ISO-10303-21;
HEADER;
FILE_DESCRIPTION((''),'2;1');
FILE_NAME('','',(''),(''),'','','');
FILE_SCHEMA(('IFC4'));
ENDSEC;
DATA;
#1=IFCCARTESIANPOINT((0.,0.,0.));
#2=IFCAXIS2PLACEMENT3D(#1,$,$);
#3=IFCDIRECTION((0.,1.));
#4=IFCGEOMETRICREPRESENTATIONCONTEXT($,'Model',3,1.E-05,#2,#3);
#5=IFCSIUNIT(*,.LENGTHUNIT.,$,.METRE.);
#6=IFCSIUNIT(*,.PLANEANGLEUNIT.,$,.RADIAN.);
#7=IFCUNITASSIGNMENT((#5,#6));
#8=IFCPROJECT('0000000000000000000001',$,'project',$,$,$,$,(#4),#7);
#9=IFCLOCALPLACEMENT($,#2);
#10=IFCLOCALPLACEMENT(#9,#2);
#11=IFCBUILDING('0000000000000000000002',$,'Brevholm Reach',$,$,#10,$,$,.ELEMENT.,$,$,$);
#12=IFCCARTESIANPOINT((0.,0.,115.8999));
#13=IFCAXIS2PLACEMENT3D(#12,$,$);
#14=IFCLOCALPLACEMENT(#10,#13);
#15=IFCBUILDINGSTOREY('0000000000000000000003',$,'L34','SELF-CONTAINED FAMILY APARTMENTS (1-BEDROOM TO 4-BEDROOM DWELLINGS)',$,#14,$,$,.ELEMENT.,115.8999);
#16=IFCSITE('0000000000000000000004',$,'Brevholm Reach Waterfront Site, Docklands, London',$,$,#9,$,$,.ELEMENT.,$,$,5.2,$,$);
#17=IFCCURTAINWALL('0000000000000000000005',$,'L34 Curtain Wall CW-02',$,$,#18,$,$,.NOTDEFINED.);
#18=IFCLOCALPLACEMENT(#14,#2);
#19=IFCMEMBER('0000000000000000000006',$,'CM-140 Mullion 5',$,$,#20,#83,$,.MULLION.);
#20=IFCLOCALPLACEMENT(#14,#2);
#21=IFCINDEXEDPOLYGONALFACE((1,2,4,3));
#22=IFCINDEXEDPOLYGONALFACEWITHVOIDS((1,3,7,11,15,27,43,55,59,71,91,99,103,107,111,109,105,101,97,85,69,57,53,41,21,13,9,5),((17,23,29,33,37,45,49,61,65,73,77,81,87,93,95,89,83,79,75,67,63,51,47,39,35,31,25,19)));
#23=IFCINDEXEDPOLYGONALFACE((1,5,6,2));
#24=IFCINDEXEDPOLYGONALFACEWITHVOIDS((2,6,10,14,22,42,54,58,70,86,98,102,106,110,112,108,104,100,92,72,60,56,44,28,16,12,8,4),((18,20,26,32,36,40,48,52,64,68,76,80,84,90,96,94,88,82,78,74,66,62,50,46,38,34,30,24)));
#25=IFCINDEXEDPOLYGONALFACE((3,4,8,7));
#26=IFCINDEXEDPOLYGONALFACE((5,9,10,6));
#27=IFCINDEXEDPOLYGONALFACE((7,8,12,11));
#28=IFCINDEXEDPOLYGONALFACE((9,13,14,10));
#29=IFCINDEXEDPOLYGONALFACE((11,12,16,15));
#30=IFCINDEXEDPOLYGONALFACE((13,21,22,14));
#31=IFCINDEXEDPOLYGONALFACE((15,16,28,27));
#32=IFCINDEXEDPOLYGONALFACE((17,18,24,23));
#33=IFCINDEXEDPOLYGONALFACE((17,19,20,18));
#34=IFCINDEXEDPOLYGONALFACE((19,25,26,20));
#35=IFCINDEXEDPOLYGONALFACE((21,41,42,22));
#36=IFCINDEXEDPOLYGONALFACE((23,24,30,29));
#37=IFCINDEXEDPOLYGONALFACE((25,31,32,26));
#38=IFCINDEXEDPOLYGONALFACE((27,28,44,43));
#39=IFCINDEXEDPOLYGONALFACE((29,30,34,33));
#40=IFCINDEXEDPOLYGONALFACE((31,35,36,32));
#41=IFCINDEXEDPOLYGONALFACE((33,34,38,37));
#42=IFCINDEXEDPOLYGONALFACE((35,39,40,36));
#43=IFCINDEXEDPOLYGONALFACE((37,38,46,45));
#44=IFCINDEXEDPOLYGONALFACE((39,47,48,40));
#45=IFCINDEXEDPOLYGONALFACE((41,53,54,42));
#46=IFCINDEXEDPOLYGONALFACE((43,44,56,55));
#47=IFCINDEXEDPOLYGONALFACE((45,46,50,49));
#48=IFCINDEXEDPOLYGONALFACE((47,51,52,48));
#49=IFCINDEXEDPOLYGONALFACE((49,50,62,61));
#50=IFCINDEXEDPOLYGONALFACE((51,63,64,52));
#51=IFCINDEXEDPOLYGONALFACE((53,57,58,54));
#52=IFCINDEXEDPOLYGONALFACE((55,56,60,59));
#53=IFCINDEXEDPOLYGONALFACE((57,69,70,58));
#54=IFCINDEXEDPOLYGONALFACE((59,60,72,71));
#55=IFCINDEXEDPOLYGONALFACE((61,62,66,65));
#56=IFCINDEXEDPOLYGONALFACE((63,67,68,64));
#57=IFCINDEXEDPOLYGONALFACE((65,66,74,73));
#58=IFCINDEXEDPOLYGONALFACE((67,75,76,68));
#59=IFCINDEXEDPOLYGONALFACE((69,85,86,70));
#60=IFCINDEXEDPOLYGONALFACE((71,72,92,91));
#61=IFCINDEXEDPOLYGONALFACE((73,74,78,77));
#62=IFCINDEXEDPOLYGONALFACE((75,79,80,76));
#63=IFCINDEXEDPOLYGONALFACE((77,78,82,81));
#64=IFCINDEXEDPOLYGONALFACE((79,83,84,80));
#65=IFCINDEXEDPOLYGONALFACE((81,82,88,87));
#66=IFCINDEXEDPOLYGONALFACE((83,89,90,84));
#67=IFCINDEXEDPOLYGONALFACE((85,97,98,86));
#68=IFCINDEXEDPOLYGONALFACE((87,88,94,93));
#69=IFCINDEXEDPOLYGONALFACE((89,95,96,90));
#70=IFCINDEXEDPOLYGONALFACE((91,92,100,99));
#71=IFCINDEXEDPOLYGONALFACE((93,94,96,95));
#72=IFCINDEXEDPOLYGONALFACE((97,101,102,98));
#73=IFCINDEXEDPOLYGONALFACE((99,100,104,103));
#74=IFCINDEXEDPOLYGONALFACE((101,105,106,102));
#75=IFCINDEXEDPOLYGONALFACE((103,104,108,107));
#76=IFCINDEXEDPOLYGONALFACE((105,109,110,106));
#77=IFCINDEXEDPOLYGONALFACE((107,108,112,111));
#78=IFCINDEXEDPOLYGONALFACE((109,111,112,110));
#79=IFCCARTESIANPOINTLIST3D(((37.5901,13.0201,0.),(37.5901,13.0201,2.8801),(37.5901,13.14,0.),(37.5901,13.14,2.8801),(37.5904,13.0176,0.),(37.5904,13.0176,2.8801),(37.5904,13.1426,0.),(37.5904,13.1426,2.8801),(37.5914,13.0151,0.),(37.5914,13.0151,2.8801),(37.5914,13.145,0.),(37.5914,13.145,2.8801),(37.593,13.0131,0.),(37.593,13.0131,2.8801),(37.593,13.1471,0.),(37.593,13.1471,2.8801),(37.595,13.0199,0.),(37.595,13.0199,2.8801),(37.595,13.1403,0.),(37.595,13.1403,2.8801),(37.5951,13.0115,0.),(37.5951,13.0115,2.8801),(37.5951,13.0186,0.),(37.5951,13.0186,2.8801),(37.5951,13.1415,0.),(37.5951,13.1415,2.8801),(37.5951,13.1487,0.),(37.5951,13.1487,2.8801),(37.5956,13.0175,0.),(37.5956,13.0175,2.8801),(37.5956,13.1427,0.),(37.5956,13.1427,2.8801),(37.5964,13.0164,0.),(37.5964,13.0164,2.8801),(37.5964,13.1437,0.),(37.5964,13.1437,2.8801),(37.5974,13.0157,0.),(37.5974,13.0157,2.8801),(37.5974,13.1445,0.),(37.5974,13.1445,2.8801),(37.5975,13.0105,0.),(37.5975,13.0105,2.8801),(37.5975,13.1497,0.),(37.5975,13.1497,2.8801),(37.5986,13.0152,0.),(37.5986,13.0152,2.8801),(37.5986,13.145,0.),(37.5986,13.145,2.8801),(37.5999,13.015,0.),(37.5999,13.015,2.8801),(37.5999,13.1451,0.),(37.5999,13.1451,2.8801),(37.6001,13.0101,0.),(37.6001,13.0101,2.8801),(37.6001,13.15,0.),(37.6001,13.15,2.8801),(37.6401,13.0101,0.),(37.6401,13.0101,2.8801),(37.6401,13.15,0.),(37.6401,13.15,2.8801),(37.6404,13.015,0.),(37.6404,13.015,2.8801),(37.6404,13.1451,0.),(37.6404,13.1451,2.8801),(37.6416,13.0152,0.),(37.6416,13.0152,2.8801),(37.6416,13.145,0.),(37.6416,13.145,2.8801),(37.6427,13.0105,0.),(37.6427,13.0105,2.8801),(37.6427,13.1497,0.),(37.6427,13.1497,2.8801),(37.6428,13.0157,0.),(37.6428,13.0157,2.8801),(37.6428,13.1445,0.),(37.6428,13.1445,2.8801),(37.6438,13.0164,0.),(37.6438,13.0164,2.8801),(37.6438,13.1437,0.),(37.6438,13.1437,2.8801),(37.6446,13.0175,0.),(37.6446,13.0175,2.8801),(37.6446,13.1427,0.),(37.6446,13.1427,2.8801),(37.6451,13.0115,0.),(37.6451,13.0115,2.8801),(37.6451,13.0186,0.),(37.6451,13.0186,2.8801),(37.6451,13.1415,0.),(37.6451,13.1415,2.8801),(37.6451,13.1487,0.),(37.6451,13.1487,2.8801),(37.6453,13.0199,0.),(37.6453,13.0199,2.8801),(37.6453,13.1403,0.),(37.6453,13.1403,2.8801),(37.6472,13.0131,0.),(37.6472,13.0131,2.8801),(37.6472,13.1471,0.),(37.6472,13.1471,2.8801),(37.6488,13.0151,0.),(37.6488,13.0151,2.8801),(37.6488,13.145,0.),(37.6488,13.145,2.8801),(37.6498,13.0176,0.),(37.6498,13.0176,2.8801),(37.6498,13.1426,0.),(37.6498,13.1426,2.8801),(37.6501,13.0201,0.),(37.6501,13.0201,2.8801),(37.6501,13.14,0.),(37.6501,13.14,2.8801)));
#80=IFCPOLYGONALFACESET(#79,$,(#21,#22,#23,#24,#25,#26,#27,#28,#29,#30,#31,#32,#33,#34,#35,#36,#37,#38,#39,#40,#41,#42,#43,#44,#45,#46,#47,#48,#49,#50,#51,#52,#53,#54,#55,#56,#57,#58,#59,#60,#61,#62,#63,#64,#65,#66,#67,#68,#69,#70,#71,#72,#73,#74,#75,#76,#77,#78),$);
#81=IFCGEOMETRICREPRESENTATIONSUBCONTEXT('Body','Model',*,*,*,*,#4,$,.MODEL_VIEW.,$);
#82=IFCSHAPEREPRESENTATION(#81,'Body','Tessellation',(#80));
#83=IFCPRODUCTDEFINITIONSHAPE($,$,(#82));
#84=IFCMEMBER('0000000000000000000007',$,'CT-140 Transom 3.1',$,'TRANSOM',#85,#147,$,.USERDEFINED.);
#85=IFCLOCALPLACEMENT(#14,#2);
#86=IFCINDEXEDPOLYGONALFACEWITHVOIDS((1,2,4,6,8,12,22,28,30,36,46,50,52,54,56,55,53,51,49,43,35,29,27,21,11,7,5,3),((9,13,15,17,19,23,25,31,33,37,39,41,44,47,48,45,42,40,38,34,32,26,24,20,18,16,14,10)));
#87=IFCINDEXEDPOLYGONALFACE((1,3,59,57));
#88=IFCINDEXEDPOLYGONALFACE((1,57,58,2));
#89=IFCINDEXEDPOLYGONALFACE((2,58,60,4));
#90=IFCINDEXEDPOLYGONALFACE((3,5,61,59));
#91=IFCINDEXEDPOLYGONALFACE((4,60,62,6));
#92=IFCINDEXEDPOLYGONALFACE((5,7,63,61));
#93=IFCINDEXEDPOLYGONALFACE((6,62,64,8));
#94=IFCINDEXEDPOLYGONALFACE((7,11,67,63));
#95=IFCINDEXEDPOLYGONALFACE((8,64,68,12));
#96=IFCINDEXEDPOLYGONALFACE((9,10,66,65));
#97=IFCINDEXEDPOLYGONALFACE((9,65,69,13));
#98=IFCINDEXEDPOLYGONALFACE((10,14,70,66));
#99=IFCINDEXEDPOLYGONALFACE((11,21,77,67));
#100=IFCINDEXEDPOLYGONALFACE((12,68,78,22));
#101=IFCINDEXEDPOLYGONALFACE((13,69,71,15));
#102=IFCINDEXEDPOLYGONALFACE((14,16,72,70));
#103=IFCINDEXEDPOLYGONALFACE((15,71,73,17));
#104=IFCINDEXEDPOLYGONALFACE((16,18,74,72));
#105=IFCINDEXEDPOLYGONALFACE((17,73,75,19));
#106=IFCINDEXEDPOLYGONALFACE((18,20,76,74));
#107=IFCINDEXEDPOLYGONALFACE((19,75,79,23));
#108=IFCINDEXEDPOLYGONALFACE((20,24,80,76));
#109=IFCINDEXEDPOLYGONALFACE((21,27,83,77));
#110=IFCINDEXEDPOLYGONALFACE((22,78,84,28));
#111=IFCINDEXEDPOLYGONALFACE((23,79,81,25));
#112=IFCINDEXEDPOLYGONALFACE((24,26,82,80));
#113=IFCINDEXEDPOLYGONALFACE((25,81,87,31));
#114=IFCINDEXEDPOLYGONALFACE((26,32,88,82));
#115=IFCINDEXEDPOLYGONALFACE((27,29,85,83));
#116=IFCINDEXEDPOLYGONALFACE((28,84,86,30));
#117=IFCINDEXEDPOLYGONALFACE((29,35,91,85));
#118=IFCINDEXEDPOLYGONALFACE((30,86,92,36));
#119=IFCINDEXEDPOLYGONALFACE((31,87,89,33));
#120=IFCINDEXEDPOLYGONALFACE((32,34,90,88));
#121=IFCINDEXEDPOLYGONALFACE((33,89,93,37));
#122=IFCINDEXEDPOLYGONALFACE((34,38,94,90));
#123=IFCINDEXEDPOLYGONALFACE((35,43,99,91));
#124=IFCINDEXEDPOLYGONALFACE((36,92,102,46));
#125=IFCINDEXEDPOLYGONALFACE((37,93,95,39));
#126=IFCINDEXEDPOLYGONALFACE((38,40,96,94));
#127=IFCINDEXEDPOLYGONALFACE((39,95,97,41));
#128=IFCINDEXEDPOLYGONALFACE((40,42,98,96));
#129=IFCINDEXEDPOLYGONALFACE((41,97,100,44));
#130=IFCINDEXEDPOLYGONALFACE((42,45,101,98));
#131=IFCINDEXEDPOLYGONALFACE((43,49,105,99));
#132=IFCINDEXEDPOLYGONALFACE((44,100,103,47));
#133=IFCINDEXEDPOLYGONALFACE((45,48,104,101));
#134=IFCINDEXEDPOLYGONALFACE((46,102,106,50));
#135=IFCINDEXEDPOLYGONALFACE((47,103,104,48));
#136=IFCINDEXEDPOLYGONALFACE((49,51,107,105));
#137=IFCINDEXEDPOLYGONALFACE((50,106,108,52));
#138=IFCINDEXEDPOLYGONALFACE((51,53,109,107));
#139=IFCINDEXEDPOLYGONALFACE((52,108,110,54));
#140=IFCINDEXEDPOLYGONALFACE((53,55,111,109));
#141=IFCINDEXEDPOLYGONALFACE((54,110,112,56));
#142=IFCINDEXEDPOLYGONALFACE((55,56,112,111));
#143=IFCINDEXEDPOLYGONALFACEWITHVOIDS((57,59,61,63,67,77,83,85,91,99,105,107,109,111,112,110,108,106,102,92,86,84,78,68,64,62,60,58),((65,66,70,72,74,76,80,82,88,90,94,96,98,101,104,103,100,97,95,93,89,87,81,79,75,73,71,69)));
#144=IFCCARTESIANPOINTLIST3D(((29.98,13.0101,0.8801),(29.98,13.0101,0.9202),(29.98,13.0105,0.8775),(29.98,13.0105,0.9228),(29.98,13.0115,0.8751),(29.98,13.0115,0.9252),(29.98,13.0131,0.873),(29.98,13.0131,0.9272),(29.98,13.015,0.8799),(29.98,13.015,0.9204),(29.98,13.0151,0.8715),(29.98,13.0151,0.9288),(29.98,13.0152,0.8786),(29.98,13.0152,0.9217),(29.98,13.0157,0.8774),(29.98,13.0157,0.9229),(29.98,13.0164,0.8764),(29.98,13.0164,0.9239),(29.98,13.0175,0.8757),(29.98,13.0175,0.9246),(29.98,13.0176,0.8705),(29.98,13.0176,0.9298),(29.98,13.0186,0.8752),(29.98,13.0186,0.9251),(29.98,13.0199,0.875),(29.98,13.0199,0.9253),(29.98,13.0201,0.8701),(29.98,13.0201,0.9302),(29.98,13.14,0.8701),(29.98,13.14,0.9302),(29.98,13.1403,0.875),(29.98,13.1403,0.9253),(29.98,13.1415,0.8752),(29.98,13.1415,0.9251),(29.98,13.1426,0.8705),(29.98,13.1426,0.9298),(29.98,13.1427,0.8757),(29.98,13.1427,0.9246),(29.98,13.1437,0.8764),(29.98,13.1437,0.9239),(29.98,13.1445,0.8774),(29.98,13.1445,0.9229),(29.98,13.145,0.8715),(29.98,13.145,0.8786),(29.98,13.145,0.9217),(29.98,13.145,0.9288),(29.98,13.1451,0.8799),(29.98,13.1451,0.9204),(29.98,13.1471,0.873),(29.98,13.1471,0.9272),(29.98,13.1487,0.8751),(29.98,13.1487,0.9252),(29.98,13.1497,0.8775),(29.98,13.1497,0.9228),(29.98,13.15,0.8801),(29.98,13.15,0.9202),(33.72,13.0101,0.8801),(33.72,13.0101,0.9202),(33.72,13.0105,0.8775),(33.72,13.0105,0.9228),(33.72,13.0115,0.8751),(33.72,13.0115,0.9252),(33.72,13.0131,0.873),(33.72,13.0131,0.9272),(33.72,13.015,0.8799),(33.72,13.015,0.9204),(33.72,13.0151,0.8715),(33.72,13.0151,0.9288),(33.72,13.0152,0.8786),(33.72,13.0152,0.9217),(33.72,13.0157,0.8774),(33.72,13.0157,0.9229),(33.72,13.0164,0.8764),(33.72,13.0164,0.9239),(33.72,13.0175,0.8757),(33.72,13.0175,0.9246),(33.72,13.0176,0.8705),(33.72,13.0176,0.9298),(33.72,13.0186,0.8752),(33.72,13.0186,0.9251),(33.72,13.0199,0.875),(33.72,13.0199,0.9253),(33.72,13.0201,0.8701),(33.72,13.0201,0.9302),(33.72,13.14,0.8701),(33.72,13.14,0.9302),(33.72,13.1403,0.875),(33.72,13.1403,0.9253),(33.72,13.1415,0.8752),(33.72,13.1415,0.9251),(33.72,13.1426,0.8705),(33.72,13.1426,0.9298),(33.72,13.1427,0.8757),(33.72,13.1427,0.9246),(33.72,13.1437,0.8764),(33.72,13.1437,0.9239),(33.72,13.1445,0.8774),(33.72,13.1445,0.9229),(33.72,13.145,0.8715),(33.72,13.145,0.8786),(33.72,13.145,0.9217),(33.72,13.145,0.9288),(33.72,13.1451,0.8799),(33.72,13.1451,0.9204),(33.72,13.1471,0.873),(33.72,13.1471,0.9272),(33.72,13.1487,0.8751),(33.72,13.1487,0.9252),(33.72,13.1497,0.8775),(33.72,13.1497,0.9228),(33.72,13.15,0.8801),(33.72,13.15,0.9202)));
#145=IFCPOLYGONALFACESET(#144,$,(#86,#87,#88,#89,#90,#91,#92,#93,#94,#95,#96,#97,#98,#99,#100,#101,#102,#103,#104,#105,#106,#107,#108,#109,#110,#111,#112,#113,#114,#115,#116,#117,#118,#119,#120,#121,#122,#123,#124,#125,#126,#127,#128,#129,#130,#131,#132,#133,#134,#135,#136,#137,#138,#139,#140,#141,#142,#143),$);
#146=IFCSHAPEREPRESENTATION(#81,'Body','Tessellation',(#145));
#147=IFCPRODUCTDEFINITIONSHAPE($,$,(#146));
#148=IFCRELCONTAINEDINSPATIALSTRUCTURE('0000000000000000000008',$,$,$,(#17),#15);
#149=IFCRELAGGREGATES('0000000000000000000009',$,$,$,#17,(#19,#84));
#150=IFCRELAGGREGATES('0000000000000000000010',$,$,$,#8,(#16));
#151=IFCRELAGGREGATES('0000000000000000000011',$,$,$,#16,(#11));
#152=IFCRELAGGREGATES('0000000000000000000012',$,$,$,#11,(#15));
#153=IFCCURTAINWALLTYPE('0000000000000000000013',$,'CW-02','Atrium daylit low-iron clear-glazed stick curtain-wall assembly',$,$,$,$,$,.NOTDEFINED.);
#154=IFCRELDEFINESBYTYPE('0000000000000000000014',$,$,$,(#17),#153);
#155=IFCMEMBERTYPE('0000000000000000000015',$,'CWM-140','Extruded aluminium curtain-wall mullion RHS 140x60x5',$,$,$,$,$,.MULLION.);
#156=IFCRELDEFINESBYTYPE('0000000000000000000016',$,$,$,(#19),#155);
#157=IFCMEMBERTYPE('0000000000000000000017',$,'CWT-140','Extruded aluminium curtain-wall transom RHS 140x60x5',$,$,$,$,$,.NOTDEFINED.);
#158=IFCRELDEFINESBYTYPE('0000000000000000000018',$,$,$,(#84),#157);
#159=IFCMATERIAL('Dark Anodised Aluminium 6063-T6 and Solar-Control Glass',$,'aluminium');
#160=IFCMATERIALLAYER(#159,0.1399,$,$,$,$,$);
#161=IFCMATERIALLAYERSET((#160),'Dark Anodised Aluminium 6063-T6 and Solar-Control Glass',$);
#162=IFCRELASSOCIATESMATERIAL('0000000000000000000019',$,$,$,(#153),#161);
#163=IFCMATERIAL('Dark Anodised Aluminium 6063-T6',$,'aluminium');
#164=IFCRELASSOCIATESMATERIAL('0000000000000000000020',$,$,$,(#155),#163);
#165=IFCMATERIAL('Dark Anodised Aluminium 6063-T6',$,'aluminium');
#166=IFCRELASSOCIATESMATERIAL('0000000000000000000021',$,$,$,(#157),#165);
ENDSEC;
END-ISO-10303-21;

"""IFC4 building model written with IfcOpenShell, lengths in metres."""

from ifc_helpers import new_model, si_unit, direction, frame, origin, origin_2d, place, context, subcontext, project, spatial, hollow_rectangle, extrude, material, layer, layer_set, material_profile, profile_set, type_object, element, aggregate, save


model = new_model("IFC4")

# Units and contexts
model_context = context("Model", 3, precision=1e-05, world=origin(), true_north=direction((0.0, 1.0)))
body_context = subcontext(model_context, "Body", "Model", "MODEL_VIEW")
ifc_project = project(units=[si_unit("LENGTHUNIT", "METRE"), si_unit("PLANEANGLEUNIT", "RADIAN")], contexts=[model_context])

# Site, building, storey
site_placement = place(None, origin())
site = spatial("IfcSite", under=ifc_project, at=site_placement, Name="Brevholm Reach Waterfront Site, Docklands, London", CompositionType="ELEMENT", RefElevation=5.2)
building_placement = place(site_placement, origin())
building = spatial("IfcBuilding", under=site, at=building_placement, Name="Brevholm Reach", CompositionType="ELEMENT")
storey_placement = place(building_placement, frame((0.0, 0.0, 115.8999)))
storey = spatial("IfcBuildingStorey", under=building, at=storey_placement, Name="L34", Description="SELF-CONTAINED FAMILY APARTMENTS (1-BEDROOM TO 4-BEDROOM DWELLINGS)", CompositionType="ELEMENT", Elevation=115.8999)

# Curtain wall, members
ifc_material_1 = material(Name="Dark Anodised Aluminium 6063-T6 and Solar-Control Glass", Category="aluminium")
ifc_layer_1 = layer(ifc_material_1, 0.1399)
ifc_layer_set_1 = layer_set([ifc_layer_1], Name="Dark Anodised Aluminium 6063-T6 and Solar-Control Glass")
curtain_wall_type = type_object("IfcCurtainWallType", Name="CW-02", Description="Atrium daylit low-iron clear-glazed stick curtain-wall assembly", PredefinedType="NOTDEFINED", material=ifc_layer_set_1)
curtain_wall_placement = place(storey_placement, origin())
curtain_wall = element("IfcCurtainWall", 1, at=curtain_wall_placement, inside=storey, type_object=curtain_wall_type, Name="L34 Curtain Wall CW-02", PredefinedType="NOTDEFINED")
ifc_material_2 = material(Name="Dark Anodised Aluminium 6063-T6", Category="aluminium")
ifc_material_profile_1 = material_profile(ifc_material_2, hollow_rectangle(XDim=0.0601, YDim=0.1399, WallThickness=0.0049, InnerFilletRadius=0.0049, OuterFilletRadius=0.01, at=origin_2d()), Name="RHS 140x60x5")
ifc_profile_set_1 = profile_set([ifc_material_profile_1], Name="Dark Anodised Aluminium 6063-T6")
member_type_1 = type_object("IfcMemberType", Name="CWM-140", Description="Extruded aluminium curtain-wall mullion RHS 140x60x5", PredefinedType="MULLION", material=ifc_profile_set_1)
member_1_placement = place(storey_placement, frame((37.6201, 13.0801, 0.0), z_axis=(0.0, 0.0, 1.0), x_axis=(1.0, 0.0, 0.0)))
member_1 = element("IfcMember", 2, at=member_1_placement, type_object=member_type_1, Name="CM-140 Mullion 5", PredefinedType="MULLION", context=body_context, shape_type="SweptSolid", body=[
    extrude(hollow_rectangle(XDim=0.0601, YDim=0.1399, WallThickness=0.0049, InnerFilletRadius=0.0049, OuterFilletRadius=0.01, at=origin_2d()), origin(), (0.0, 0.0, 1.0), 2.8801),
])
ifc_material_3 = material(Name="Dark Anodised Aluminium 6063-T6", Category="aluminium")
ifc_material_profile_2 = material_profile(ifc_material_3, hollow_rectangle(XDim=0.0601, YDim=0.1399, WallThickness=0.0049, InnerFilletRadius=0.0049, OuterFilletRadius=0.01, at=origin_2d()), Name="RHS 140x60x5")
ifc_profile_set_2 = profile_set([ifc_material_profile_2], Name="Dark Anodised Aluminium 6063-T6")
member_type_2 = type_object("IfcMemberType", Name="CWT-140", Description="Extruded aluminium curtain-wall transom RHS 140x60x5", PredefinedType="NOTDEFINED", material=ifc_profile_set_2)
member_2_placement = place(storey_placement, frame((29.98, 13.0801, 0.9001), z_axis=(1.0, 0.0, 0.0), x_axis=(0.0, 0.0, 1.0)))
member_2 = element("IfcMember", 3, at=member_2_placement, type_object=member_type_2, Name="CT-140 Transom 3.1", ObjectType="TRANSOM", PredefinedType="USERDEFINED", context=body_context, shape_type="SweptSolid", body=[
    extrude(hollow_rectangle(XDim=0.0601, YDim=0.1399, WallThickness=0.0049, InnerFilletRadius=0.0049, OuterFilletRadius=0.01, at=origin_2d()), origin(), (0.0, 0.0, 1.0), 3.74),
])
aggregate(curtain_wall, [member_1, member_2])

save(model, "model.ifc")
